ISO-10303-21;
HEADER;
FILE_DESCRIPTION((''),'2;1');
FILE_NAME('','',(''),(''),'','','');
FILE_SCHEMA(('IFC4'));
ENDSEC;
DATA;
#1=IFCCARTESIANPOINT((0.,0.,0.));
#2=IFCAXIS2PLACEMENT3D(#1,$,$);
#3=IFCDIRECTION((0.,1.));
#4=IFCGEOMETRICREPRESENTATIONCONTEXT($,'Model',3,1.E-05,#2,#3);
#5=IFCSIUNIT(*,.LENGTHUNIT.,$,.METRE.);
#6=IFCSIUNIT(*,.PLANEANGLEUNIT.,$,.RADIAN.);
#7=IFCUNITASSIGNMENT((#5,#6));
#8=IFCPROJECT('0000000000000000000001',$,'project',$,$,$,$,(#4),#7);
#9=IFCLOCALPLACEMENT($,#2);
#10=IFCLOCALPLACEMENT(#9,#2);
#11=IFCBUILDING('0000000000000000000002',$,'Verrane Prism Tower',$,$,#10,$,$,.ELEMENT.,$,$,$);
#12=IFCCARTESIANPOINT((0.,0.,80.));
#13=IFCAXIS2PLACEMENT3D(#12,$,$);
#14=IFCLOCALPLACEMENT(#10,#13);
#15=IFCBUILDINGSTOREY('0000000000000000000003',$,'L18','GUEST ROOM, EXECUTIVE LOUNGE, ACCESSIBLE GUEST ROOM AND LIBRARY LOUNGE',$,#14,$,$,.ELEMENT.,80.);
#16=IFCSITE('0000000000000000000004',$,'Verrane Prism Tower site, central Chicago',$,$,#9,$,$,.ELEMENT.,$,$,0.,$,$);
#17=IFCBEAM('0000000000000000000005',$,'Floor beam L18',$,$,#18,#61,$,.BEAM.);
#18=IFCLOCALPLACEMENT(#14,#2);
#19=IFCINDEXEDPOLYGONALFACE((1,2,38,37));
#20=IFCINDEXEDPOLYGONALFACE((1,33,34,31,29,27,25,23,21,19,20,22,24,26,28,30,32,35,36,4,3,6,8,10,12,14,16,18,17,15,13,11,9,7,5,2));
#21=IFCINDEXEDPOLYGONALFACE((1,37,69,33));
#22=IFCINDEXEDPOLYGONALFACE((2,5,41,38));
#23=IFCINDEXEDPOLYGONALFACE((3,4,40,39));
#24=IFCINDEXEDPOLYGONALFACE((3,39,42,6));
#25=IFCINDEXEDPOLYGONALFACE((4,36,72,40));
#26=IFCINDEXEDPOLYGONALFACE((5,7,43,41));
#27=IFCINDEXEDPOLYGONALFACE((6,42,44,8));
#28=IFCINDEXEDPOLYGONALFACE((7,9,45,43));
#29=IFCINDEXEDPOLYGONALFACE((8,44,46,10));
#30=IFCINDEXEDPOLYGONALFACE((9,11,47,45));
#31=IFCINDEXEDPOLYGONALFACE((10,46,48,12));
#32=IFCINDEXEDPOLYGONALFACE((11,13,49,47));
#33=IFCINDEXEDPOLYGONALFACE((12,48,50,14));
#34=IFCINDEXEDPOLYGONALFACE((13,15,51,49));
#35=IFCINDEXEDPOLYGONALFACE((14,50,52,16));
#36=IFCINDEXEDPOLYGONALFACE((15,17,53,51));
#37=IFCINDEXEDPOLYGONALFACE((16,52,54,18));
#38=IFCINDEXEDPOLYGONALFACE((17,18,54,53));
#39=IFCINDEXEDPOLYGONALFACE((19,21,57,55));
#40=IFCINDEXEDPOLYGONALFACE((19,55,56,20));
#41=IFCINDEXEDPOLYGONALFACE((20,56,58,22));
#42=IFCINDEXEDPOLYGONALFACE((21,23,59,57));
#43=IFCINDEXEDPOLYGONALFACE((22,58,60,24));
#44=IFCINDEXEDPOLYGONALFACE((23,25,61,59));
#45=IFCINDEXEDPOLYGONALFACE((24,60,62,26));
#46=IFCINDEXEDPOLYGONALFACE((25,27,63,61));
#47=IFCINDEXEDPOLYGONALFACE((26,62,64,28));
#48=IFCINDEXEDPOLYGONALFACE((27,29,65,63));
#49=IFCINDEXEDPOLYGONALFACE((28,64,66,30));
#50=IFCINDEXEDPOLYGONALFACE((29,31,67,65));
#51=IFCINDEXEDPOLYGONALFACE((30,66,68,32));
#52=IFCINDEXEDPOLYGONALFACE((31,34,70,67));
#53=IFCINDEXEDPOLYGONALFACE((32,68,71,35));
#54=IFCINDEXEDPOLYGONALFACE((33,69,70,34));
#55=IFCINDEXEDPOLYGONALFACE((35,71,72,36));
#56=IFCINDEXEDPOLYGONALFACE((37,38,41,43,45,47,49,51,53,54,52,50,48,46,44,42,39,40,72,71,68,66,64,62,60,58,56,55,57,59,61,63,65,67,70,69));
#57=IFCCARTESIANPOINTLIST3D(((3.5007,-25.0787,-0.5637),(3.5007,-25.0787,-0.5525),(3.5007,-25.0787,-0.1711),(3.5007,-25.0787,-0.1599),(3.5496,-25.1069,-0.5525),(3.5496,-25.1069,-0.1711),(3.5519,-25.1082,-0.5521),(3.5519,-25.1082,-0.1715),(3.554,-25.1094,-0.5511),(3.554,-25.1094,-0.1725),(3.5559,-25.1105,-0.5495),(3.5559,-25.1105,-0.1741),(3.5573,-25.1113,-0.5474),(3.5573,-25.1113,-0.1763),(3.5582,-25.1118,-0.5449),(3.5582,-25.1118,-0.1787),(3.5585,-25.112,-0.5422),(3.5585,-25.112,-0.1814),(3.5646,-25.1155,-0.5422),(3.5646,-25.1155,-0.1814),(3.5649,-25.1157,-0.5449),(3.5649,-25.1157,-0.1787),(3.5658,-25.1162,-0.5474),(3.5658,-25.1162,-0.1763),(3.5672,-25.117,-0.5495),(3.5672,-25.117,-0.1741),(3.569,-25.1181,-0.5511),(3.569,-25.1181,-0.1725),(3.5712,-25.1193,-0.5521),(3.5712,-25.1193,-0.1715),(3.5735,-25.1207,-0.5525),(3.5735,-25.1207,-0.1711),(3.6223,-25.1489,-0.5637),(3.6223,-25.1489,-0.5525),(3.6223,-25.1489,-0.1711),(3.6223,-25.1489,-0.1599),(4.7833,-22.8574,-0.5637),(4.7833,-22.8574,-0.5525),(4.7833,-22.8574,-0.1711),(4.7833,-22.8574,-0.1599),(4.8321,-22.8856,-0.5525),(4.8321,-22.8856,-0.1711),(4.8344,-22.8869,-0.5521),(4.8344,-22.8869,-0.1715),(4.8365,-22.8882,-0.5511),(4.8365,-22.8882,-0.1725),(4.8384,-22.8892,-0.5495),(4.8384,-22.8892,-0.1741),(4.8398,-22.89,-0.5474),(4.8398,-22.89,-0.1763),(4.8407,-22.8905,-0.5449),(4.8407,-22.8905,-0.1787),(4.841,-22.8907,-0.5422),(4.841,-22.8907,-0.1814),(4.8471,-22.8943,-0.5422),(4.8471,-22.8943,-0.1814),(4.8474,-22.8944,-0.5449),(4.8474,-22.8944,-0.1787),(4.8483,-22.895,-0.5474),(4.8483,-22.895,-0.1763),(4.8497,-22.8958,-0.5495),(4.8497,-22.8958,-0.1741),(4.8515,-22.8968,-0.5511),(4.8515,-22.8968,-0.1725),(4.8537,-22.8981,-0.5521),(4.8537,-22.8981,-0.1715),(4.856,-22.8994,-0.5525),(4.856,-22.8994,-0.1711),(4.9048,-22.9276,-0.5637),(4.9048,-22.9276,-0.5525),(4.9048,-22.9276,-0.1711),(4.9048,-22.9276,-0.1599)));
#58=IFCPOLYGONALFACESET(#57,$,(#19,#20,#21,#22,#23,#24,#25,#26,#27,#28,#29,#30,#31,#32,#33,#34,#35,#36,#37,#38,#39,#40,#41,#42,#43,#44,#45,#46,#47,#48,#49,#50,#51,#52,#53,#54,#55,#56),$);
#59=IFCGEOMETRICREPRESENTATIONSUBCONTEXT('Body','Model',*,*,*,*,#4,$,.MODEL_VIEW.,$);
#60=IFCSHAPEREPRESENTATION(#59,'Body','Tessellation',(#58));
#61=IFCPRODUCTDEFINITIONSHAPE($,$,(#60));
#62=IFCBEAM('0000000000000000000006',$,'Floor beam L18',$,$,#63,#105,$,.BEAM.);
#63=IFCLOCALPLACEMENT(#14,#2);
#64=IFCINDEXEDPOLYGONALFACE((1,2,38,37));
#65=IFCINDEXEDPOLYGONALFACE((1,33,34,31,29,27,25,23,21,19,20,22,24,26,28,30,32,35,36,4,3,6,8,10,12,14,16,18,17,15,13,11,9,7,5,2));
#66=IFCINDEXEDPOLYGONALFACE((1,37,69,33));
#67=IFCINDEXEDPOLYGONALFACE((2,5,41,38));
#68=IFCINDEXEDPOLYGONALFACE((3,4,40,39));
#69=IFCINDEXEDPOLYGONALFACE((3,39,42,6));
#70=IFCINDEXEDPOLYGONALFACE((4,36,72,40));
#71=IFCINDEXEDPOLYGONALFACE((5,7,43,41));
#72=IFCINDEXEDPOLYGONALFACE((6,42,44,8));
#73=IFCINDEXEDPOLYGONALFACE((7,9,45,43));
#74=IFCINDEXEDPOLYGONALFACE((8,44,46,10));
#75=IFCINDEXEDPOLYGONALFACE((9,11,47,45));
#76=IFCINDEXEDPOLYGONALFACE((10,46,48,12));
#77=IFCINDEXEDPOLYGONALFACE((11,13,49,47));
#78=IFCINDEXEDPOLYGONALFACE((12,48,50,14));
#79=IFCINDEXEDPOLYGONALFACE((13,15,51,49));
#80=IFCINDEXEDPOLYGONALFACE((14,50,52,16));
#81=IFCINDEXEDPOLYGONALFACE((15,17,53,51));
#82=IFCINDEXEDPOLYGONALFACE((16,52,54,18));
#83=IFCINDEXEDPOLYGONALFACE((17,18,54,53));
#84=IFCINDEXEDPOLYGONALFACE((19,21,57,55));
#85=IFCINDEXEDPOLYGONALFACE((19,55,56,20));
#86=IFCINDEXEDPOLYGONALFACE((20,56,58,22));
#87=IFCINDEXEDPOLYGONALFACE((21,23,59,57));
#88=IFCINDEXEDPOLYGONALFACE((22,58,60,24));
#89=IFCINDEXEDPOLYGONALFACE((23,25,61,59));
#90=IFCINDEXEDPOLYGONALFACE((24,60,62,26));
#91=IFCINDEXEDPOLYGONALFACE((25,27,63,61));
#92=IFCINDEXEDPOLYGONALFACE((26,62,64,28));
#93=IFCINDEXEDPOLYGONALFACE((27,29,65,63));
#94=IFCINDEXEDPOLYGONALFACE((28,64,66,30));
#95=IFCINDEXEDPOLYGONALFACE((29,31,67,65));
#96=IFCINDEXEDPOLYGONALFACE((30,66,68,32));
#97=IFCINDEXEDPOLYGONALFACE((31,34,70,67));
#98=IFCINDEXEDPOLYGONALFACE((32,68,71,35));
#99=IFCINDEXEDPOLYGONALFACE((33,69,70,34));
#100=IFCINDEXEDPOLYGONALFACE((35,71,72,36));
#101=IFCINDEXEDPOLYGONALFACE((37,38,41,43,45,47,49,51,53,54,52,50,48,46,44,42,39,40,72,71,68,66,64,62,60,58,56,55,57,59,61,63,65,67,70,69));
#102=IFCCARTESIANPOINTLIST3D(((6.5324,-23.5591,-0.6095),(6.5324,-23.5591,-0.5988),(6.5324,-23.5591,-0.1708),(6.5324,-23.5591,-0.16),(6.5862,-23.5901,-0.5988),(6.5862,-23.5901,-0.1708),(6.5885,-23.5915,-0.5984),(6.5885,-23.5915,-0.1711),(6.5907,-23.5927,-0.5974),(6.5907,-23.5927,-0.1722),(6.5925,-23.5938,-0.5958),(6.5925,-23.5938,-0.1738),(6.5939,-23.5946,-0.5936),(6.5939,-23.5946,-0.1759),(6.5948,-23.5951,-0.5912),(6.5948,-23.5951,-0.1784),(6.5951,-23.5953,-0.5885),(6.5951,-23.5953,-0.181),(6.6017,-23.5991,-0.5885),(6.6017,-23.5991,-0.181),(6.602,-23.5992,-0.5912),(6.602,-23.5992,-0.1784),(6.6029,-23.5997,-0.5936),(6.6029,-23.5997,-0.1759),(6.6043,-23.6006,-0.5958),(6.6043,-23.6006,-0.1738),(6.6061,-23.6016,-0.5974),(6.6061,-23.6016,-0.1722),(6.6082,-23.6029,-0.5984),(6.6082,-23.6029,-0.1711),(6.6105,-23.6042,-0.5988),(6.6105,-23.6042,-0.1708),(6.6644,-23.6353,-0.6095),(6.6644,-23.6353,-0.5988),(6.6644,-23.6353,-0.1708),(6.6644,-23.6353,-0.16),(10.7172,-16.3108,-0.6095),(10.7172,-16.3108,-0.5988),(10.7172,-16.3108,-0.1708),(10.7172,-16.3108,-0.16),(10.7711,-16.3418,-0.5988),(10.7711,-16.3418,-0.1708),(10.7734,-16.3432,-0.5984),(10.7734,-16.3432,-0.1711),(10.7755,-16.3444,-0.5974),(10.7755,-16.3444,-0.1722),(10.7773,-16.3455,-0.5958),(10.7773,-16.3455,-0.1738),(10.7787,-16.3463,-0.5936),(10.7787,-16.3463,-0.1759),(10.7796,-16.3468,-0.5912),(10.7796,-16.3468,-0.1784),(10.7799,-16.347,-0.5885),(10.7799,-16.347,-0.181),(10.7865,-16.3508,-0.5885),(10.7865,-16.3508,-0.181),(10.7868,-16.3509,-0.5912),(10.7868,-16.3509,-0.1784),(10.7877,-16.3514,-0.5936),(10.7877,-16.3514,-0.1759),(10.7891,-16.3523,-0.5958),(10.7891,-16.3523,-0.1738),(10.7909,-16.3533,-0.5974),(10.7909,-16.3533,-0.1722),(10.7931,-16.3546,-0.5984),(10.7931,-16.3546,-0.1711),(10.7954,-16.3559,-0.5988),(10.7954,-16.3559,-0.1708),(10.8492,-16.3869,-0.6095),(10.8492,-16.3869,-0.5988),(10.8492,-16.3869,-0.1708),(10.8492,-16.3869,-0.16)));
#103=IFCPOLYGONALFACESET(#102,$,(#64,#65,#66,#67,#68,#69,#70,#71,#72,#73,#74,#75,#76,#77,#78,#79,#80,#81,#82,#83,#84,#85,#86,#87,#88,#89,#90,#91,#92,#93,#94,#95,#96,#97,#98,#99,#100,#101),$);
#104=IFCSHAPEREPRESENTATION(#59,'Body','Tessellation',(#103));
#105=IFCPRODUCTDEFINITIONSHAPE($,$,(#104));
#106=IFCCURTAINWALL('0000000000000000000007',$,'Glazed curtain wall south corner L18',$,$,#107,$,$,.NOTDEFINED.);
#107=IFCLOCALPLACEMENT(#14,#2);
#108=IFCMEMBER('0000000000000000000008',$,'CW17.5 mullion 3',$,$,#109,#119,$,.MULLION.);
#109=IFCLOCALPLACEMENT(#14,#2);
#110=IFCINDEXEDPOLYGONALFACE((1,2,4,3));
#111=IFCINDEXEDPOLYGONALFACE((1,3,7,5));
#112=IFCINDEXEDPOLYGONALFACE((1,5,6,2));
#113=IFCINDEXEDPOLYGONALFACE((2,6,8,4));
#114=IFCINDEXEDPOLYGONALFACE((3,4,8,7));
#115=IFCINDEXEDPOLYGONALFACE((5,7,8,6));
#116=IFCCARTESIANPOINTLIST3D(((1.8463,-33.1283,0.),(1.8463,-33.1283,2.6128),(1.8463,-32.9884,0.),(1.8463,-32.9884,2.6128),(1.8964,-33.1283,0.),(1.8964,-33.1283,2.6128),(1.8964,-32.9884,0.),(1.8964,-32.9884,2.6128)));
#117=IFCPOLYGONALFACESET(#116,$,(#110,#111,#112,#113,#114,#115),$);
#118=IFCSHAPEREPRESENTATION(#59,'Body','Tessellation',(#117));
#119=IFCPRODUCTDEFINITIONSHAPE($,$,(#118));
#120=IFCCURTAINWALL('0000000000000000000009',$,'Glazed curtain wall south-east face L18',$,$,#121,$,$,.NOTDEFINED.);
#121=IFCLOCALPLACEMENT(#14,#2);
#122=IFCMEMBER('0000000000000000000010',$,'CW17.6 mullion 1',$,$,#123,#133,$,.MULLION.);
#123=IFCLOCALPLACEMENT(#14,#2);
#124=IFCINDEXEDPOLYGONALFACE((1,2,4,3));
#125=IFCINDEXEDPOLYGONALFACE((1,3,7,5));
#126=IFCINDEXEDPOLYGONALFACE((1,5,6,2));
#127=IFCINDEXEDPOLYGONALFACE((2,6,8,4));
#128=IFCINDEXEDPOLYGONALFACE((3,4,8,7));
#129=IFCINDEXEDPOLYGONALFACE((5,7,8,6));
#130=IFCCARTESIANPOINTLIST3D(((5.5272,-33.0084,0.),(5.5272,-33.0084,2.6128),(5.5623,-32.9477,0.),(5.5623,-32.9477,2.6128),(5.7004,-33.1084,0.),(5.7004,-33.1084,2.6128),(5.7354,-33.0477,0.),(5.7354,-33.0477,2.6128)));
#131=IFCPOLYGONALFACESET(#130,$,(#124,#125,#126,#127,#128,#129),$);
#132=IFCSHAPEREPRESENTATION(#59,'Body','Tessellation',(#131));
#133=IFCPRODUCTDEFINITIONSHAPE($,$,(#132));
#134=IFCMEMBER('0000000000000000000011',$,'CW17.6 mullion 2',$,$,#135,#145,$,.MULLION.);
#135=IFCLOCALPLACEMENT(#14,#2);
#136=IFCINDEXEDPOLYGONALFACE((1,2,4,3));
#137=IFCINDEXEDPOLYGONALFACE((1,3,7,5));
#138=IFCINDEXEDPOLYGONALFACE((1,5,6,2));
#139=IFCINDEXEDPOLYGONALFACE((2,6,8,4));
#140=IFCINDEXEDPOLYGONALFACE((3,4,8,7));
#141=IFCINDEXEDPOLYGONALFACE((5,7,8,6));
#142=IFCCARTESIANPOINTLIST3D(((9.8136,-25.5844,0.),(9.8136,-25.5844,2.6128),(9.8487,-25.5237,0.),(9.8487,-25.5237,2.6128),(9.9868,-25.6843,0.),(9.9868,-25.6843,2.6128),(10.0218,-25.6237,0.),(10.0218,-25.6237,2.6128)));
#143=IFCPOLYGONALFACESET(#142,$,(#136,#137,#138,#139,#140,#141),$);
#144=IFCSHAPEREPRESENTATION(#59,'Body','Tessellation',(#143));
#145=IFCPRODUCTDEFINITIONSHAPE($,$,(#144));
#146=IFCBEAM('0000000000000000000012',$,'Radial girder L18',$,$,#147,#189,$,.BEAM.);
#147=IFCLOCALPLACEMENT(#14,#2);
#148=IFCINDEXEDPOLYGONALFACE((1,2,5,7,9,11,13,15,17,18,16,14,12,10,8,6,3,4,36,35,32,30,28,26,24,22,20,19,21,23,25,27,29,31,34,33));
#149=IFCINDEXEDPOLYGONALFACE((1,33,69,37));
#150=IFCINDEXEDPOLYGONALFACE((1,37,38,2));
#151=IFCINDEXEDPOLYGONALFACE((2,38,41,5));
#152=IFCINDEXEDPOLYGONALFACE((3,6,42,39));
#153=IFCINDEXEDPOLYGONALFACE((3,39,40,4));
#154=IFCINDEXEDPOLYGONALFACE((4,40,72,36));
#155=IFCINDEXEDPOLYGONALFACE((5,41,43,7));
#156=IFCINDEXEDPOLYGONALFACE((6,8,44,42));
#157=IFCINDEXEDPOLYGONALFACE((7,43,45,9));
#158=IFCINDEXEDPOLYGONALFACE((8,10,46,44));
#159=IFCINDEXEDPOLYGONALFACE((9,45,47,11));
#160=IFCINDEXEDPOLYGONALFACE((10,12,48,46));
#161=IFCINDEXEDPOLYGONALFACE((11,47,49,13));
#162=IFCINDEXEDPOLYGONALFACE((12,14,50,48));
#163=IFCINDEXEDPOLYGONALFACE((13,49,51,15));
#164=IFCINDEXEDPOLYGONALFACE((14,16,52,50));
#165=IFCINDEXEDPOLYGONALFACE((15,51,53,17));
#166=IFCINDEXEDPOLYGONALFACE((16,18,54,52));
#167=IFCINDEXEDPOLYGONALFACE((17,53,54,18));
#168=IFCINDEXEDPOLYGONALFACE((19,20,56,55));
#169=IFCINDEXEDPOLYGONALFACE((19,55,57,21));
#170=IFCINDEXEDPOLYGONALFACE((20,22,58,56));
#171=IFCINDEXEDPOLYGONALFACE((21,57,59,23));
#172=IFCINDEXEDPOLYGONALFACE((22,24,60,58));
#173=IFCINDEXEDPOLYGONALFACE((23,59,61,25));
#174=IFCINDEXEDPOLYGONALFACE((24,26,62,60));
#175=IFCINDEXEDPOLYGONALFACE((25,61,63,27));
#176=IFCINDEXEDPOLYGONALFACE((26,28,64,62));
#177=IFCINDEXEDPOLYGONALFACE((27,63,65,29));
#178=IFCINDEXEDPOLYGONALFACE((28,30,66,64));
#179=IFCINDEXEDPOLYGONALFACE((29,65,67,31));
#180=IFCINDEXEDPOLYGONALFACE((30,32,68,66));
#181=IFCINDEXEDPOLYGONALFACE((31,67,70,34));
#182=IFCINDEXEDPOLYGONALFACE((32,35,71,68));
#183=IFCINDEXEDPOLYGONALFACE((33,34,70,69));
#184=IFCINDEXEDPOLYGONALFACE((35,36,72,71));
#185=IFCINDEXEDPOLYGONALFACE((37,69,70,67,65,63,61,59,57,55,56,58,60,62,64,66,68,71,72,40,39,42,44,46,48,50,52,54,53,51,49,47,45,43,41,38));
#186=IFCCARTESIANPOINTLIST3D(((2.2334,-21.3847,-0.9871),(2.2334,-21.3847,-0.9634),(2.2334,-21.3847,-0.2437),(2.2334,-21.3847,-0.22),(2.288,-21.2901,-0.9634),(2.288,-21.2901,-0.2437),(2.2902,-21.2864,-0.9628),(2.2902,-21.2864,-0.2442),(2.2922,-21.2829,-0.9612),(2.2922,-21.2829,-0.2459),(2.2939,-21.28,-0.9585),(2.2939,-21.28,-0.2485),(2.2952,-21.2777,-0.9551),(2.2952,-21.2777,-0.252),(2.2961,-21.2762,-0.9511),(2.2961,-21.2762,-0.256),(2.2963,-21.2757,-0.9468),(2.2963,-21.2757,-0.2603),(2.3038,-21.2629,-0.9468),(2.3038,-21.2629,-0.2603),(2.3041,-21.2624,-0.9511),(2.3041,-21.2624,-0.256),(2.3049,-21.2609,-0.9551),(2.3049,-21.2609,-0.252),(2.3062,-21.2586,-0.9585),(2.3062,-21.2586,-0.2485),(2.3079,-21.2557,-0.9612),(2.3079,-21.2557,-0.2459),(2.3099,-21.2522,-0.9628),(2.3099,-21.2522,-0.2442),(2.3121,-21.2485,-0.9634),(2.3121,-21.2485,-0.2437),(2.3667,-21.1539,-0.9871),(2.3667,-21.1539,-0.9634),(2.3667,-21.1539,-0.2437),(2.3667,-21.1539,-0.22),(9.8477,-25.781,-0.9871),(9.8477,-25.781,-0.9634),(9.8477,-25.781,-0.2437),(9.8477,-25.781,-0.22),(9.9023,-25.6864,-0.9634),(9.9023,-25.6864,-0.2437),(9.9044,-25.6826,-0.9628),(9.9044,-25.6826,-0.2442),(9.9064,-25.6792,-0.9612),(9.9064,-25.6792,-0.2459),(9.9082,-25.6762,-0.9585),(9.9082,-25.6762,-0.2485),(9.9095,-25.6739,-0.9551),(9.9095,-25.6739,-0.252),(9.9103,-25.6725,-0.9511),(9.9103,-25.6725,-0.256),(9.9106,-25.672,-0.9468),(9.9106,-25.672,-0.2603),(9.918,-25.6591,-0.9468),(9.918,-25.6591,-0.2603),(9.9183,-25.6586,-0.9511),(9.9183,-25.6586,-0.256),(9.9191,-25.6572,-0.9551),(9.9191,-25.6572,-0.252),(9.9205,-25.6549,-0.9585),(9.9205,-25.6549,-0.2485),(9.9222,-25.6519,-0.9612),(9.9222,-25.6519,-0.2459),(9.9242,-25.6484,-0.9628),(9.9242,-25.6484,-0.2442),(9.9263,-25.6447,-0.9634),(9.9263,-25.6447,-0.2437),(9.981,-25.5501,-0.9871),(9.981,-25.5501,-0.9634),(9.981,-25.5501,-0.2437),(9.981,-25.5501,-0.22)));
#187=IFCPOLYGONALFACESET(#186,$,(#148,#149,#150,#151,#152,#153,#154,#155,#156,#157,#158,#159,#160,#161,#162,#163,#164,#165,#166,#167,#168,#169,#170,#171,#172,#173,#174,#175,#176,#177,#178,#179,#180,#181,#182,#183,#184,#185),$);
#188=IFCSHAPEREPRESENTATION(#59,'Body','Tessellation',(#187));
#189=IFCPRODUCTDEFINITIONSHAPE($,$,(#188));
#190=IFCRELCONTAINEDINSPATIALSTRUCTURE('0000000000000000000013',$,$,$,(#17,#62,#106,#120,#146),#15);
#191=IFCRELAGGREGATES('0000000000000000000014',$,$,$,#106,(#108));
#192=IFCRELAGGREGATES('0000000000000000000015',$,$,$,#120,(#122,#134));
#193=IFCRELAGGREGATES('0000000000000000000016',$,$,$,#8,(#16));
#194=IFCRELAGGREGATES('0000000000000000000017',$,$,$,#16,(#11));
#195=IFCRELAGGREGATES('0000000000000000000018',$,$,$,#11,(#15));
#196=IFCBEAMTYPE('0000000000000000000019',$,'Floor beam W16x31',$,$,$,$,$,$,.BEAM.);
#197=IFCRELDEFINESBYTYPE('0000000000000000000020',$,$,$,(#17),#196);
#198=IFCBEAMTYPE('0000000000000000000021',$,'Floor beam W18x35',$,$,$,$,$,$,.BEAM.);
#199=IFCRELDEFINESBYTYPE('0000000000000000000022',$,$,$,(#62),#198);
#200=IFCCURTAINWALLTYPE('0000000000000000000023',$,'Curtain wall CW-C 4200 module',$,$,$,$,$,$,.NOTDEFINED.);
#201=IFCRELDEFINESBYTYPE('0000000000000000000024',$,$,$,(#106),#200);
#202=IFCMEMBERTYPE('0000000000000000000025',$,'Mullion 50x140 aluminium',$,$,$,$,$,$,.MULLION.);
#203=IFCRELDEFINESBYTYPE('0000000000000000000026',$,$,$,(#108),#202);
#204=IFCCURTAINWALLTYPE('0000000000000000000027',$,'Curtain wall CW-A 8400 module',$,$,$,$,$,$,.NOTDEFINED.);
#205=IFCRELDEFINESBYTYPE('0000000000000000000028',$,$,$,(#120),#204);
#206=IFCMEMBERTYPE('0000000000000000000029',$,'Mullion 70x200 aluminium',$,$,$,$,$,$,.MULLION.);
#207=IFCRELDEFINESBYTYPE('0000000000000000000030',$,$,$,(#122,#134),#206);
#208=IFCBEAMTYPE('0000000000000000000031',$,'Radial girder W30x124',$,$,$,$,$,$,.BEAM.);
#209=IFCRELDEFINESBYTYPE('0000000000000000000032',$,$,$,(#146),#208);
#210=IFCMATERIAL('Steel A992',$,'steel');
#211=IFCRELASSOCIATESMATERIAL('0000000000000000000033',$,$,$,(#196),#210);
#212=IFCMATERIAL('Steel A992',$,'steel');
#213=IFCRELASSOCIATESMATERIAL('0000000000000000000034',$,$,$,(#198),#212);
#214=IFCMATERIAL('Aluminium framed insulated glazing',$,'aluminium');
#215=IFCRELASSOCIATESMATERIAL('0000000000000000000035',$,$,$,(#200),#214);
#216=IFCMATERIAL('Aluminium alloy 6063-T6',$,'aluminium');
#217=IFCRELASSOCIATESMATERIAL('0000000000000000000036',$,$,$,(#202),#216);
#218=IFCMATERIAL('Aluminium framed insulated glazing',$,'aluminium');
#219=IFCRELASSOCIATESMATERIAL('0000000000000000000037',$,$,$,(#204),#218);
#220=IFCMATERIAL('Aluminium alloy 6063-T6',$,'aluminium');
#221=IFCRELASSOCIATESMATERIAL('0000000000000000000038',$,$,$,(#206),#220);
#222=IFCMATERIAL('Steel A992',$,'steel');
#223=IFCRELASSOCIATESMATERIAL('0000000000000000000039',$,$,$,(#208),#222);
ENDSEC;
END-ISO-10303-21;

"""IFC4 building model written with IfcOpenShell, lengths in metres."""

from ifc_helpers import new_model, si_unit, direction, frame, origin, origin_2d, place, context, subcontext, project, spatial, rectangle, i_section, extrude, material, material_profile, profile_set, type_object, element, aggregate, save


model = new_model("IFC4")

# Units and contexts
model_context = context("Model", 3, precision=1e-05, world=origin(), true_north=direction((0.0, 1.0)))
body_context = subcontext(model_context, "Body", "Model", "MODEL_VIEW")
ifc_project = project(units=[si_unit("LENGTHUNIT", "METRE"), si_unit("PLANEANGLEUNIT", "RADIAN")], contexts=[model_context])

# Site, building, storey
site_placement = place(None, origin())
site = spatial("IfcSite", under=ifc_project, at=site_placement, Name="Verrane Prism Tower site, central Chicago", CompositionType="ELEMENT", RefElevation=0.0)
building_placement = place(site_placement, origin())
building = spatial("IfcBuilding", under=site, at=building_placement, Name="Verrane Prism Tower", CompositionType="ELEMENT")
storey_placement = place(building_placement, frame((0.0, 0.0, 80.0)))
storey = spatial("IfcBuildingStorey", under=building, at=storey_placement, Name="L18", Description="GUEST ROOM, EXECUTIVE LOUNGE, ACCESSIBLE GUEST ROOM AND LIBRARY LOUNGE", CompositionType="ELEMENT", Elevation=80.0)

# Beams
ifc_material_1 = material(Name="Steel A992", Category="steel")
ifc_material_profile_1 = material_profile(ifc_material_1, i_section(OverallWidth=0.1404, OverallDepth=0.4038, WebThickness=0.0071, FlangeThickness=0.0112, FilletRadius=0.0103, at=origin_2d()), Name="W16x31")
ifc_profile_set_1 = profile_set([ifc_material_profile_1], Name="Steel A992")
beam_type_1 = type_object("IfcBeamType", Name="Floor beam W16x31", PredefinedType="BEAM", material=ifc_profile_set_1)
beam_1_placement = place(storey_placement, frame((3.5615, -25.1138, -0.3618), z_axis=(0.500019, 0.866014, 0.0), x_axis=(-0.866014, 0.500019, 0.0)))
element("IfcBeam", 1, at=beam_1_placement, inside=storey, type_object=beam_type_1, Name="Floor beam L18", PredefinedType="BEAM", context=body_context, shape_type="SweptSolid", body=[
    extrude(i_section(OverallWidth=0.1404, OverallDepth=0.4038, WebThickness=0.0071, FlangeThickness=0.0112, FilletRadius=0.0103, at=origin_2d()), origin(), (0.0, 0.0, 1.0), 2.5649),
])
ifc_material_2 = material(Name="Steel A992", Category="steel")
ifc_material_profile_2 = material_profile(ifc_material_2, i_section(OverallWidth=0.1523, OverallDepth=0.4495, WebThickness=0.0076, FlangeThickness=0.0107, FilletRadius=0.0103, at=origin_2d()), Name="W18x35")
ifc_profile_set_2 = profile_set([ifc_material_profile_2], Name="Steel A992")
beam_type_2 = type_object("IfcBeamType", Name="Floor beam W18x35", PredefinedType="BEAM", material=ifc_profile_set_2)
beam_2_placement = place(storey_placement, frame((6.5984, -23.5972, -0.3848), z_axis=(0.500001, 0.866025, 0.0), x_axis=(-0.866025, 0.500001, 0.0)))
element("IfcBeam", 2, at=beam_2_placement, inside=storey, type_object=beam_type_2, Name="Floor beam L18", PredefinedType="BEAM", context=body_context, shape_type="SweptSolid", body=[
    extrude(i_section(OverallWidth=0.1523, OverallDepth=0.4495, WebThickness=0.0076, FlangeThickness=0.0107, FilletRadius=0.0103, at=origin_2d()), origin(), (0.0, 0.0, 1.0), 8.3696),
])

# Curtain wall, member
ifc_material_3 = material(Name="Aluminium framed insulated glazing", Category="aluminium")
curtain_wall_type_1 = type_object("IfcCurtainWallType", Name="Curtain wall CW-C 4200 module", PredefinedType="NOTDEFINED", material=ifc_material_3)
curtain_wall_1_placement = place(storey_placement, origin())
curtain_wall_1 = element("IfcCurtainWall", 3, at=curtain_wall_1_placement, inside=storey, type_object=curtain_wall_type_1, Name="Glazed curtain wall south corner L18", PredefinedType="NOTDEFINED")
ifc_material_4 = material(Name="Aluminium alloy 6063-T6", Category="aluminium")
ifc_material_profile_3 = material_profile(ifc_material_4, rectangle(XDim=0.1399, YDim=0.05, at=origin_2d()), Name="Mullion 50x140 aluminium")
ifc_profile_set_3 = profile_set([ifc_material_profile_3], Name="Aluminium alloy 6063-T6")
member_type_1 = type_object("IfcMemberType", Name="Mullion 50x140 aluminium", PredefinedType="MULLION", material=ifc_profile_set_3)
member_1_placement = place(storey_placement, frame((1.8713, -33.0583, 0.0), z_axis=(0.0, 0.0, 1.0), x_axis=(0.0, 1.0, 0.0)))
member_1 = element("IfcMember", 4, at=member_1_placement, type_object=member_type_1, Name="CW17.5 mullion 3", PredefinedType="MULLION", context=body_context, shape_type="SweptSolid", body=[
    extrude(rectangle(XDim=0.1399, YDim=0.05, at=origin_2d()), origin(), (0.0, 0.0, 1.0), 2.6128),
])

# Curtain wall, members
ifc_material_5 = material(Name="Aluminium framed insulated glazing", Category="aluminium")
curtain_wall_type_2 = type_object("IfcCurtainWallType", Name="Curtain wall CW-A 8400 module", PredefinedType="NOTDEFINED", material=ifc_material_5)
curtain_wall_2_placement = place(storey_placement, origin())
curtain_wall_2 = element("IfcCurtainWall", 5, at=curtain_wall_2_placement, inside=storey, type_object=curtain_wall_type_2, Name="Glazed curtain wall south-east face L18", PredefinedType="NOTDEFINED")
ifc_material_6 = material(Name="Aluminium alloy 6063-T6", Category="aluminium")
ifc_material_profile_4 = material_profile(ifc_material_6, rectangle(XDim=0.2, YDim=0.0701, at=origin_2d()), Name="Mullion 70x200 aluminium")
ifc_profile_set_4 = profile_set([ifc_material_profile_4], Name="Aluminium alloy 6063-T6")
member_type_2 = type_object("IfcMemberType", Name="Mullion 70x200 aluminium", PredefinedType="MULLION", material=ifc_profile_set_4)
member_2_placement = place(storey_placement, frame((5.6313, -33.0281, 0.0), z_axis=(0.0, 0.0, 1.0), x_axis=(-0.866026, 0.499999, 0.0)))
member_2 = element("IfcMember", 6, at=member_2_placement, type_object=member_type_2, Name="CW17.6 mullion 1", PredefinedType="MULLION", context=body_context, shape_type="SweptSolid", body=[
    extrude(rectangle(XDim=0.2, YDim=0.0701, at=origin_2d()), origin(), (0.0, 0.0, 1.0), 2.6128),
])
member_3_placement = place(storey_placement, frame((9.9177, -25.604, 0.0), z_axis=(0.0, 0.0, 1.0), x_axis=(-0.866026, 0.499999, 0.0)))
member_3 = element("IfcMember", 7, at=member_3_placement, type_object=member_type_2, Name="CW17.6 mullion 2", PredefinedType="MULLION", context=body_context, shape_type="SweptSolid", body=[
    extrude(rectangle(XDim=0.2, YDim=0.0701, at=origin_2d()), origin(), (0.0, 0.0, 1.0), 2.6128),
])

# Beam
ifc_material_7 = material(Name="Steel A992", Category="steel")
ifc_material_profile_5 = material_profile(ifc_material_7, i_section(OverallWidth=0.2666, OverallDepth=0.7671, WebThickness=0.0149, FlangeThickness=0.0237, FilletRadius=0.0166, at=origin_2d()), Name="W30x124")
ifc_profile_set_5 = profile_set([ifc_material_profile_5], Name="Steel A992")
beam_type_3 = type_object("IfcBeamType", Name="Radial girder W30x124", PredefinedType="BEAM", material=ifc_profile_set_5)
beam_3_placement = place(storey_placement, frame((9.9143, -25.6655, -0.6035), z_axis=(-0.866018, 0.500012, 0.0), x_axis=(-0.500012, -0.866018, 0.0)))
element("IfcBeam", 8, at=beam_3_placement, inside=storey, type_object=beam_type_3, Name="Radial girder L18", PredefinedType="BEAM", context=body_context, shape_type="SweptSolid", body=[
    extrude(i_section(OverallWidth=0.2666, OverallDepth=0.7671, WebThickness=0.0149, FlangeThickness=0.0237, FilletRadius=0.0166, at=origin_2d()), origin(), (0.0, 0.0, 1.0), 8.7922),
])

aggregate(curtain_wall_1, [member_1])
aggregate(curtain_wall_2, [member_2, member_3])

save(model, "model.ifc")
